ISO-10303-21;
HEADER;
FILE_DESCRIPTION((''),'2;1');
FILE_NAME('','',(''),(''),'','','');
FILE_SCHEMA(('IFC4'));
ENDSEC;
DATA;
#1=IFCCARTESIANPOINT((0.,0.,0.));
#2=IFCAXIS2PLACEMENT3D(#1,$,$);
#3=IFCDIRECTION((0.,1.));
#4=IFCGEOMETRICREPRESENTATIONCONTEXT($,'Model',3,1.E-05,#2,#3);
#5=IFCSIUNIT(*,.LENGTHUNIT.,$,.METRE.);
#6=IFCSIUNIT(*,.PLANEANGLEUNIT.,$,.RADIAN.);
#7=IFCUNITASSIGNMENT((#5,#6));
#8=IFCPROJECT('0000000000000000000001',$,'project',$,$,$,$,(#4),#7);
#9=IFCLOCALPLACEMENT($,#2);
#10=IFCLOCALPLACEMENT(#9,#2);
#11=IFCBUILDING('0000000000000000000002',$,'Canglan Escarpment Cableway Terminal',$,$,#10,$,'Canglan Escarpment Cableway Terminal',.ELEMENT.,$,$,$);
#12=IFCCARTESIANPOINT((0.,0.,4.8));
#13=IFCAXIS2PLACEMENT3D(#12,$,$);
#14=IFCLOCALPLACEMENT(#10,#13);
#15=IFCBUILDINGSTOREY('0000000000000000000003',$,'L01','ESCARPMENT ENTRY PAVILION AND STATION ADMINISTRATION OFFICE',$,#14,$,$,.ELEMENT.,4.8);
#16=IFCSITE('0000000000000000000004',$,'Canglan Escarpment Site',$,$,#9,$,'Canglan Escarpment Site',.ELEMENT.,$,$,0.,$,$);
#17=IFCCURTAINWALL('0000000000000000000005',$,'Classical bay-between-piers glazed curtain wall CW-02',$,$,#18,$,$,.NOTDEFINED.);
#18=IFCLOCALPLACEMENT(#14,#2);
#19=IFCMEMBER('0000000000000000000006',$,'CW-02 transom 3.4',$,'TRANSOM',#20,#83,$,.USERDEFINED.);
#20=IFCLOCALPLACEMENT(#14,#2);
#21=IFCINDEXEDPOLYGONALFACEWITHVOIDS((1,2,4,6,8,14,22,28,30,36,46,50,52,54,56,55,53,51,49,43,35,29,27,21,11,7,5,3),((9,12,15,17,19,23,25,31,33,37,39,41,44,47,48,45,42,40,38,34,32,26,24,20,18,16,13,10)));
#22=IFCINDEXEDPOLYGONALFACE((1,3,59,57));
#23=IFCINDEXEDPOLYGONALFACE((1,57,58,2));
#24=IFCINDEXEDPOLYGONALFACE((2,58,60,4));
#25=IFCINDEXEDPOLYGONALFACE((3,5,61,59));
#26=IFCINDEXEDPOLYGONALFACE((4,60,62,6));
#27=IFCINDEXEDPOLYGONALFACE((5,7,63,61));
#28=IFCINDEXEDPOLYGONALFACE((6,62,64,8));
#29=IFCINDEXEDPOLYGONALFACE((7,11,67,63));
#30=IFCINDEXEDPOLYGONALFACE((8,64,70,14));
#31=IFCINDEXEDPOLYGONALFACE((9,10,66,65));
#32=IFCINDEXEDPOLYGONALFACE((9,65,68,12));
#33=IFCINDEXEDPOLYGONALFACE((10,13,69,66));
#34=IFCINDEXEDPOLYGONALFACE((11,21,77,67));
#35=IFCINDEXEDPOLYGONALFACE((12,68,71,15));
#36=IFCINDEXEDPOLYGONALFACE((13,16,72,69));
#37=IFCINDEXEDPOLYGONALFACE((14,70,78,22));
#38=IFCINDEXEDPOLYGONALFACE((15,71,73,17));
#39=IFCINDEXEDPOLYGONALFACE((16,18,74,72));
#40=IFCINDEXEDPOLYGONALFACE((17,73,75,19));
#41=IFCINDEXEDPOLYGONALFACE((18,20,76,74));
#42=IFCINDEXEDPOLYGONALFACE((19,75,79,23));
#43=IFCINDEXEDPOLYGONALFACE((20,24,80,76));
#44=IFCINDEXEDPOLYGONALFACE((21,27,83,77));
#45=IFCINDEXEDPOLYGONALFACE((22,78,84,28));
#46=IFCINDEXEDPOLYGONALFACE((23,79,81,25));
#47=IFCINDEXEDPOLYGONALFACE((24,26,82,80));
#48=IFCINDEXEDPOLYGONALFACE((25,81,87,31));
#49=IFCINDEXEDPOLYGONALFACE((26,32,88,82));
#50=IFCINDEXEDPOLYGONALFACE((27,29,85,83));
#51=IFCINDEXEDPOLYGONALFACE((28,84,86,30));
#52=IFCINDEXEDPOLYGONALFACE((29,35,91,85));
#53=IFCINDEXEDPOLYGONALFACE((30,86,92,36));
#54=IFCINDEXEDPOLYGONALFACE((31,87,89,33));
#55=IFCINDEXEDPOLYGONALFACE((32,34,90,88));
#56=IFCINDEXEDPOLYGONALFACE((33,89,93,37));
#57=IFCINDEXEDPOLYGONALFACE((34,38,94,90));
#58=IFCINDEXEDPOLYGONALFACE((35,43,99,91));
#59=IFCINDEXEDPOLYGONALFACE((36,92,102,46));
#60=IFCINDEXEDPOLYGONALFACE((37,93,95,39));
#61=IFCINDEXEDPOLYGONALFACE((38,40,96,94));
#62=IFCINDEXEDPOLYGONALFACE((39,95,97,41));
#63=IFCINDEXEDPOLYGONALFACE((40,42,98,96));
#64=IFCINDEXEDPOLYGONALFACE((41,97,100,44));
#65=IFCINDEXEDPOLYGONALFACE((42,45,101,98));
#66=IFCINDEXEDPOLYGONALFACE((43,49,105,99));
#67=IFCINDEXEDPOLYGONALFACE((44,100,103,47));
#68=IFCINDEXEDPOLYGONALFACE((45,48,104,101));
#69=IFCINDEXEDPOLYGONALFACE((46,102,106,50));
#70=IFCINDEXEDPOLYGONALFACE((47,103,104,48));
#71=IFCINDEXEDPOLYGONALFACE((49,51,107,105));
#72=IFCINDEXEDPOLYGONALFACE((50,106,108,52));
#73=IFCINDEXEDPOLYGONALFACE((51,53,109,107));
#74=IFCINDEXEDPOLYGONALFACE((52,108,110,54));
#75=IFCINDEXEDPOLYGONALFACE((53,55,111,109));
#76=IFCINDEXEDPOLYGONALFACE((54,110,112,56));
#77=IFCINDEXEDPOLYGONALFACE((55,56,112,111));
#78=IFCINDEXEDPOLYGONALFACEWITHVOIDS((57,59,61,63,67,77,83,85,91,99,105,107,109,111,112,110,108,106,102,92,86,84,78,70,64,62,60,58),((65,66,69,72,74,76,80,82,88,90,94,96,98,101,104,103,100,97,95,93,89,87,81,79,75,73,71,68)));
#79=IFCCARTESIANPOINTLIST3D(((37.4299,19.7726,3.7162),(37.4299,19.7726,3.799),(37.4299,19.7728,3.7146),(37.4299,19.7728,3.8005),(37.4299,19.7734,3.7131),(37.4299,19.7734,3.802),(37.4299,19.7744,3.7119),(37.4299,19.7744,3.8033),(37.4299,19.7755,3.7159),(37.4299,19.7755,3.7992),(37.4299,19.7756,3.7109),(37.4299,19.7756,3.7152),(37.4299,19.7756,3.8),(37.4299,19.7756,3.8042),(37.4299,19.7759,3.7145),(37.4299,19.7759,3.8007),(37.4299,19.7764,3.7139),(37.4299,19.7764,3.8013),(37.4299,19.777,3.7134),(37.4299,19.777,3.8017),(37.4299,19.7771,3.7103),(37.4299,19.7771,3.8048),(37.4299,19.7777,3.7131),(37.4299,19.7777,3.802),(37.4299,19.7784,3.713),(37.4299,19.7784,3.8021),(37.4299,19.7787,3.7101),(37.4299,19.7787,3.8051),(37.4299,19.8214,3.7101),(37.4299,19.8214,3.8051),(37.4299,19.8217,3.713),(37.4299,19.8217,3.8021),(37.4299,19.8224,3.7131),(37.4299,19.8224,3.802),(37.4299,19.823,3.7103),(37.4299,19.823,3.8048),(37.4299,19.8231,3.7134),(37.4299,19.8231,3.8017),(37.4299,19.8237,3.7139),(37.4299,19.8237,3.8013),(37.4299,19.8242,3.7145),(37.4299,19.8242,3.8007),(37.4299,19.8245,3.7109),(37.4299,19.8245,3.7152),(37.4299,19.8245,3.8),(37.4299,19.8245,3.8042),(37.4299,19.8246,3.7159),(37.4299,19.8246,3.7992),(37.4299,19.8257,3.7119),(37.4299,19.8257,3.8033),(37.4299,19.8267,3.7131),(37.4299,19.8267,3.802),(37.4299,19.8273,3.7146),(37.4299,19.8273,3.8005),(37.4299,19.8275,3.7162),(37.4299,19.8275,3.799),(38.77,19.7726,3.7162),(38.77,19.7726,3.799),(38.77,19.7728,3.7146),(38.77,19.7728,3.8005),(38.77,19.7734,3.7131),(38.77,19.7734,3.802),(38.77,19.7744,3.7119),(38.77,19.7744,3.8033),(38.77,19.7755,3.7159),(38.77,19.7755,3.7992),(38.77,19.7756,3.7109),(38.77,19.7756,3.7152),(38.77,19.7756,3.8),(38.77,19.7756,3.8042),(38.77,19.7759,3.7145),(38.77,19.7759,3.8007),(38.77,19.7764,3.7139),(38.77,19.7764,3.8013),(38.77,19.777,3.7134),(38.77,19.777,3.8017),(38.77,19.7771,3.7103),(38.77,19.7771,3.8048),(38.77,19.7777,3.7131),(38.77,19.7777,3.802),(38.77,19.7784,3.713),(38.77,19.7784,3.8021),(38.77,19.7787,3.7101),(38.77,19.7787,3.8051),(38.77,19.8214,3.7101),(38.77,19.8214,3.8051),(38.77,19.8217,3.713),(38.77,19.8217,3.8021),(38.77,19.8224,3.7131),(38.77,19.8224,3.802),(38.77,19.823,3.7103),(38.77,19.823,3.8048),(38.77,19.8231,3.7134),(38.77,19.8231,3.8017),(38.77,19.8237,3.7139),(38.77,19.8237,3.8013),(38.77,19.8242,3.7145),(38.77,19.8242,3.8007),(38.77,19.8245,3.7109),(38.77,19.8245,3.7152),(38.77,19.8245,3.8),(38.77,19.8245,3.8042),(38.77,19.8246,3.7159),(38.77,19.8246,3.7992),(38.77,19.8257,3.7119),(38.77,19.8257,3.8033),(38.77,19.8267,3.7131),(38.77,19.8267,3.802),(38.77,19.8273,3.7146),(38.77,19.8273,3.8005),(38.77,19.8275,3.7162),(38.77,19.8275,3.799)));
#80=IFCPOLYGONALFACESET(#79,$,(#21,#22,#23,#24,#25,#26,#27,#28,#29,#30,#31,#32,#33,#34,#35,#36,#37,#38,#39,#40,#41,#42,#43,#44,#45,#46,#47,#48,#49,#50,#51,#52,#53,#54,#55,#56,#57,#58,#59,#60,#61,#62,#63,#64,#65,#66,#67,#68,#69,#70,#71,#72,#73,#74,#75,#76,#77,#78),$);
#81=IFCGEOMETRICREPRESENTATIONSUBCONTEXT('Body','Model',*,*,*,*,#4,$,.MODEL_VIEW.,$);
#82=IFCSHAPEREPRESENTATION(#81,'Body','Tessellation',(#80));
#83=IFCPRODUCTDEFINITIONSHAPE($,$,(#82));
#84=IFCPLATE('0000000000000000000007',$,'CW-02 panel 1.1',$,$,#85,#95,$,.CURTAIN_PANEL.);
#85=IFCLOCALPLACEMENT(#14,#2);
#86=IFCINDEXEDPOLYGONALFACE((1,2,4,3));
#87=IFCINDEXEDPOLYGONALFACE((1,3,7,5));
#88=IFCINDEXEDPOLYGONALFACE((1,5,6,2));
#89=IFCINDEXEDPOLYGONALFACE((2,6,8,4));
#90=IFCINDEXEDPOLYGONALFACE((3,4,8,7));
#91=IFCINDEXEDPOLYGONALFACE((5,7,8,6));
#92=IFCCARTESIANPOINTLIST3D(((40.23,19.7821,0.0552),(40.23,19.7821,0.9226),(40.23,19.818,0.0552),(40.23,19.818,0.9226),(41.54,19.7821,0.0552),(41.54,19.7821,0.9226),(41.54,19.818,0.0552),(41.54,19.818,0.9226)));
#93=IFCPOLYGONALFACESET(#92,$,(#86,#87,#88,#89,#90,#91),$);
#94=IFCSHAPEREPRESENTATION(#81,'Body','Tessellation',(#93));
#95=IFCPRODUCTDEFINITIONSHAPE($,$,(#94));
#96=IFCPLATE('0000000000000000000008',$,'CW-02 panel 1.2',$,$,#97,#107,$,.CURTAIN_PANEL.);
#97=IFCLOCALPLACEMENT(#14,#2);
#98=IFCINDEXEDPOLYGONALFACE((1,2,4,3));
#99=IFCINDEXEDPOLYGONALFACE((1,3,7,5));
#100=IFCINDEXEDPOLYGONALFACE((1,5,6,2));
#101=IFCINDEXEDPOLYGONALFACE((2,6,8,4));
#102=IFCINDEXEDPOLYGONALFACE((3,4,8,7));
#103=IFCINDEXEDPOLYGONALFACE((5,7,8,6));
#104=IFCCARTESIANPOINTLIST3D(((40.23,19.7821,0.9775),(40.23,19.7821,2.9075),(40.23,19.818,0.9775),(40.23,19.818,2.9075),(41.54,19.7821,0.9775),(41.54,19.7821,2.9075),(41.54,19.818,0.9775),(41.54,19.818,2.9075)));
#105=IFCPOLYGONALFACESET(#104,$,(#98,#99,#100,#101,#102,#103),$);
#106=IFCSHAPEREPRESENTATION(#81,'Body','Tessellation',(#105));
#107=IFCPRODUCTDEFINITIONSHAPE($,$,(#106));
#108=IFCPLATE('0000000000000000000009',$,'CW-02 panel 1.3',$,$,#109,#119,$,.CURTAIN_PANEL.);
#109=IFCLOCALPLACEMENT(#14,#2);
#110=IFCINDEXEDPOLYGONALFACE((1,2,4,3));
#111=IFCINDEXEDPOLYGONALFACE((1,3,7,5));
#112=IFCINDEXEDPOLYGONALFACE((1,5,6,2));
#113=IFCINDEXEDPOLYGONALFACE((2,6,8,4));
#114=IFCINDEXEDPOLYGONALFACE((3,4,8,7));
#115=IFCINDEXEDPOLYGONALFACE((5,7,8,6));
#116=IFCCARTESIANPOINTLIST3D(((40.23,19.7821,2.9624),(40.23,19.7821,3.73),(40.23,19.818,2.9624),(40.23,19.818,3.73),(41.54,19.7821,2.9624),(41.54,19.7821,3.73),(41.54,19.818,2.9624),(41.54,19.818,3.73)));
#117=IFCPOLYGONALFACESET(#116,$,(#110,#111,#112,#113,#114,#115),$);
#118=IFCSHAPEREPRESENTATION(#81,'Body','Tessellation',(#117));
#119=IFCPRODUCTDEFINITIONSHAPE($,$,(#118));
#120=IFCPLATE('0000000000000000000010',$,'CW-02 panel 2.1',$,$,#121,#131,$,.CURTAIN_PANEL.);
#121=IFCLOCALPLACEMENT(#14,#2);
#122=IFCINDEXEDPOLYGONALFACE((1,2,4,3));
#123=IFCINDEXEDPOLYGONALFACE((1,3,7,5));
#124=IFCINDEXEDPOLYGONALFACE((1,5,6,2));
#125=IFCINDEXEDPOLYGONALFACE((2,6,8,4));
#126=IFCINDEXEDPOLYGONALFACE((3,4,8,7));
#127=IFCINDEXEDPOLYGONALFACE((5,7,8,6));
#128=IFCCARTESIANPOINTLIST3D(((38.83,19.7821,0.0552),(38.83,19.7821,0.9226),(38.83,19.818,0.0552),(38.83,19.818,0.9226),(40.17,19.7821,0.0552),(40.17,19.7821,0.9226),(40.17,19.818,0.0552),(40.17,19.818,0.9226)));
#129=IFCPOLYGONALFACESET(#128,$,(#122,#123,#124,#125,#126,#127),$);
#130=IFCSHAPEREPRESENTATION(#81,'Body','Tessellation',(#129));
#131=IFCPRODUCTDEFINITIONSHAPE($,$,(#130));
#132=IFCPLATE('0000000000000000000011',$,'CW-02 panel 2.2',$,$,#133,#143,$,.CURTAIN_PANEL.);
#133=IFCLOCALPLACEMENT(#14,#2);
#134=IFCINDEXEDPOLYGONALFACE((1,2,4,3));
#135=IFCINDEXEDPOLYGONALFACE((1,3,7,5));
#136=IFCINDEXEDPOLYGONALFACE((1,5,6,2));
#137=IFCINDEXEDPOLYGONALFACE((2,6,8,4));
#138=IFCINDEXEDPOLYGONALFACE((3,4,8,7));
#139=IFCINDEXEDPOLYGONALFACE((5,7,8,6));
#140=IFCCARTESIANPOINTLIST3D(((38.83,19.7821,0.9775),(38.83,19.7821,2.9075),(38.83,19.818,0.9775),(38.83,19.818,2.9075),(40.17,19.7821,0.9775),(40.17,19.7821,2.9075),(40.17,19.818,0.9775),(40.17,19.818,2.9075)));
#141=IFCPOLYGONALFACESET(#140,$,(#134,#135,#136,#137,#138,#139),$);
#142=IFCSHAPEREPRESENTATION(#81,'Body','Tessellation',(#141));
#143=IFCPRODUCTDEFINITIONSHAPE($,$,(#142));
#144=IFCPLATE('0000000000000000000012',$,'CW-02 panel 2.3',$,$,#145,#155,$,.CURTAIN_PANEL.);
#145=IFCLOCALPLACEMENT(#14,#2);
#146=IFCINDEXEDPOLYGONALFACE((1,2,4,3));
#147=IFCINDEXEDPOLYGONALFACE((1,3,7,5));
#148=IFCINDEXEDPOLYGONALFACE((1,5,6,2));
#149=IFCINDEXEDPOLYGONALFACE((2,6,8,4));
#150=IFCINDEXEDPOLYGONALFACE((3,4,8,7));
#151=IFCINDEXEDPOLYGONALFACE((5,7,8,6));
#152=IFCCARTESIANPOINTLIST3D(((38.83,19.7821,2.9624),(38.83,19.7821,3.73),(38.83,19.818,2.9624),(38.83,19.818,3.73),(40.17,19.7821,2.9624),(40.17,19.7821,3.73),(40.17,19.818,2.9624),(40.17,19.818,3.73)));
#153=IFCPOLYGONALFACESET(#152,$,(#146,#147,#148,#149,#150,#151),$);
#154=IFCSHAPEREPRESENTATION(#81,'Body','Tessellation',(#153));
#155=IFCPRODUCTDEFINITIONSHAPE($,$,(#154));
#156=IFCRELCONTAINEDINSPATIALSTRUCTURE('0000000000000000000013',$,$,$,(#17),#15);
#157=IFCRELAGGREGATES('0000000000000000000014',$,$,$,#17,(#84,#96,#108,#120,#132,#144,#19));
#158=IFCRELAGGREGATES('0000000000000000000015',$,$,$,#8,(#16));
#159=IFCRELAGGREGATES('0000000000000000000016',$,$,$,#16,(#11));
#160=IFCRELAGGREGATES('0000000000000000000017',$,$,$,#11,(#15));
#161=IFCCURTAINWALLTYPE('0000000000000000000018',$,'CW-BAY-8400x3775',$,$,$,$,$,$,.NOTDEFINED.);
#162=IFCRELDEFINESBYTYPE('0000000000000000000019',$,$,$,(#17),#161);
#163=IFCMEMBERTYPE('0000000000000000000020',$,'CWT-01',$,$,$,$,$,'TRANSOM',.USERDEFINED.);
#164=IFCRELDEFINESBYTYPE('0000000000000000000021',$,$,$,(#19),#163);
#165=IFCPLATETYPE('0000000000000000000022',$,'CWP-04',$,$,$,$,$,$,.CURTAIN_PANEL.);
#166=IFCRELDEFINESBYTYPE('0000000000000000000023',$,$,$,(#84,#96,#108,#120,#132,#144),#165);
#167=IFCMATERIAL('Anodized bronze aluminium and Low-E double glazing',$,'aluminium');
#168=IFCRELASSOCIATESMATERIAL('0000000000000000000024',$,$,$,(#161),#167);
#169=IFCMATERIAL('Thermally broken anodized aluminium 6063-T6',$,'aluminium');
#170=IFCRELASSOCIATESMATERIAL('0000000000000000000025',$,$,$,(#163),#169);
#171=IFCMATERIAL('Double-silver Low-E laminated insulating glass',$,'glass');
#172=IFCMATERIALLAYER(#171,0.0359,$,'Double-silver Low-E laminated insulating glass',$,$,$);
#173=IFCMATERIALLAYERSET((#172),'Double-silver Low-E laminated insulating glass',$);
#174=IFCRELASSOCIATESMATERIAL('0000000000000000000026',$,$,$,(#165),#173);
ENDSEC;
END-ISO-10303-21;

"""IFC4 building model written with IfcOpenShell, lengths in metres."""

from ifc_helpers import new_model, si_unit, direction, frame, origin, origin_2d, place, context, subcontext, project, spatial, rectangle, hollow_rectangle, extrude, material, layer, layer_set, material_profile, profile_set, type_object, element, aggregate, save


model = new_model("IFC4")

# Units and contexts
model_context = context("Model", 3, precision=1e-05, world=origin(), true_north=direction((0.0, 1.0)))
body_context = subcontext(model_context, "Body", "Model", "MODEL_VIEW")
ifc_project = project(units=[si_unit("LENGTHUNIT", "METRE"), si_unit("PLANEANGLEUNIT", "RADIAN")], contexts=[model_context])

# Site, building, storey
site_placement = place(None, origin())
site = spatial("IfcSite", under=ifc_project, at=site_placement, Name="Canglan Escarpment Site", LongName="Canglan Escarpment Site", CompositionType="ELEMENT", RefElevation=0.0)
building_placement = place(site_placement, origin())
building = spatial("IfcBuilding", under=site, at=building_placement, Name="Canglan Escarpment Cableway Terminal", LongName="Canglan Escarpment Cableway Terminal", CompositionType="ELEMENT")
storey_placement = place(building_placement, frame((0.0, 0.0, 4.8)))
storey = spatial("IfcBuildingStorey", under=building, at=storey_placement, Name="L01", Description="ESCARPMENT ENTRY PAVILION AND STATION ADMINISTRATION OFFICE", CompositionType="ELEMENT", Elevation=4.8)

# Curtain wall, member, plates
ifc_material_1 = material(Name="Anodized bronze aluminium and Low-E double glazing", Category="aluminium")
curtain_wall_type = type_object("IfcCurtainWallType", Name="CW-BAY-8400x3775", PredefinedType="NOTDEFINED", material=ifc_material_1)
curtain_wall_placement = place(storey_placement, origin())
curtain_wall = element("IfcCurtainWall", 1, at=curtain_wall_placement, inside=storey, type_object=curtain_wall_type, Name="Classical bay-between-piers glazed curtain wall CW-02", PredefinedType="NOTDEFINED")
ifc_material_2 = material(Name="Thermally broken anodized aluminium 6063-T6", Category="aluminium")
ifc_material_profile_1 = material_profile(ifc_material_2, hollow_rectangle(XDim=0.0549, YDim=0.095, WallThickness=0.0029, InnerFilletRadius=0.0029, OuterFilletRadius=0.0061, at=origin_2d()), Name="ALU-TRAN 55x95x3")
ifc_profile_set_1 = profile_set([ifc_material_profile_1], Name="Thermally broken anodized aluminium 6063-T6")
member_type_1 = type_object("IfcMemberType", Name="CWT-01", ElementType="TRANSOM", PredefinedType="USERDEFINED", material=ifc_profile_set_1)
member_1_placement = place(storey_placement, frame((38.77, 19.8, 3.7576), z_axis=(-1.0, 0.0, 0.0), x_axis=(0.0, -1.0, 0.0)))
member_1 = element("IfcMember", 2, at=member_1_placement, type_object=member_type_1, Name="CW-02 transom 3.4", ObjectType="TRANSOM", PredefinedType="USERDEFINED", context=body_context, shape_type="SweptSolid", body=[
    extrude(hollow_rectangle(XDim=0.0549, YDim=0.095, WallThickness=0.0029, InnerFilletRadius=0.0029, OuterFilletRadius=0.0061, at=origin_2d()), origin(), (0.0, 0.0, 1.0), 1.3401),
])
ifc_material_3 = material(Name="Double-silver Low-E laminated insulating glass", Category="glass")
ifc_layer = layer(ifc_material_3, 0.0359, Name="Double-silver Low-E laminated insulating glass")
ifc_layer_set = layer_set([ifc_layer], Name="Double-silver Low-E laminated insulating glass")
plate_type = type_object("IfcPlateType", Name="CWP-04", PredefinedType="CURTAIN_PANEL", material=ifc_layer_set)
plate_1_placement = place(storey_placement, frame((40.885, 19.8, 0.0552), z_axis=(0.0, 0.0, 1.0), x_axis=(-1.0, 0.0, 0.0)))
plate_1 = element("IfcPlate", 3, at=plate_1_placement, type_object=plate_type, Name="CW-02 panel 1.1", PredefinedType="CURTAIN_PANEL", context=body_context, shape_type="SweptSolid", body=[
    extrude(rectangle(XDim=1.3101, YDim=0.0359, at=origin_2d()), origin(), (0.0, 0.0, 1.0), 0.8674),
])
plate_2_placement = place(storey_placement, frame((40.885, 19.8, 0.9775), z_axis=(0.0, 0.0, 1.0), x_axis=(-1.0, 0.0, 0.0)))
plate_2 = element("IfcPlate", 4, at=plate_2_placement, type_object=plate_type, Name="CW-02 panel 1.2", PredefinedType="CURTAIN_PANEL", context=body_context, shape_type="SweptSolid", body=[
    extrude(rectangle(XDim=1.3101, YDim=0.0359, at=origin_2d()), origin(), (0.0, 0.0, 1.0), 1.9299),
])
plate_3_placement = place(storey_placement, frame((40.885, 19.8, 2.9624), z_axis=(0.0, 0.0, 1.0), x_axis=(-1.0, 0.0, 0.0)))
plate_3 = element("IfcPlate", 5, at=plate_3_placement, type_object=plate_type, Name="CW-02 panel 1.3", PredefinedType="CURTAIN_PANEL", context=body_context, shape_type="SweptSolid", body=[
    extrude(rectangle(XDim=1.3101, YDim=0.0359, at=origin_2d()), origin(), (0.0, 0.0, 1.0), 0.7676),
])
plate_4_placement = place(storey_placement, frame((39.5, 19.8, 0.0552), z_axis=(0.0, 0.0, 1.0), x_axis=(-1.0, 0.0, 0.0)))
plate_4 = element("IfcPlate", 6, at=plate_4_placement, type_object=plate_type, Name="CW-02 panel 2.1", PredefinedType="CURTAIN_PANEL", context=body_context, shape_type="SweptSolid", body=[
    extrude(rectangle(XDim=1.3401, YDim=0.0359, at=origin_2d()), origin(), (0.0, 0.0, 1.0), 0.8674),
])
plate_5_placement = place(storey_placement, frame((39.5, 19.8, 0.9775), z_axis=(0.0, 0.0, 1.0), x_axis=(-1.0, 0.0, 0.0)))
plate_5 = element("IfcPlate", 7, at=plate_5_placement, type_object=plate_type, Name="CW-02 panel 2.2", PredefinedType="CURTAIN_PANEL", context=body_context, shape_type="SweptSolid", body=[
    extrude(rectangle(XDim=1.3401, YDim=0.0359, at=origin_2d()), origin(), (0.0, 0.0, 1.0), 1.9299),
])
plate_6_placement = place(storey_placement, frame((39.5, 19.8, 2.9624), z_axis=(0.0, 0.0, 1.0), x_axis=(-1.0, 0.0, 0.0)))
plate_6 = element("IfcPlate", 8, at=plate_6_placement, type_object=plate_type, Name="CW-02 panel 2.3", PredefinedType="CURTAIN_PANEL", context=body_context, shape_type="SweptSolid", body=[
    extrude(rectangle(XDim=1.3401, YDim=0.0359, at=origin_2d()), origin(), (0.0, 0.0, 1.0), 0.7676),
])
aggregate(curtain_wall, [plate_1, plate_2, plate_3, plate_4, plate_5, plate_6, member_1])

save(model, "model.ifc")
